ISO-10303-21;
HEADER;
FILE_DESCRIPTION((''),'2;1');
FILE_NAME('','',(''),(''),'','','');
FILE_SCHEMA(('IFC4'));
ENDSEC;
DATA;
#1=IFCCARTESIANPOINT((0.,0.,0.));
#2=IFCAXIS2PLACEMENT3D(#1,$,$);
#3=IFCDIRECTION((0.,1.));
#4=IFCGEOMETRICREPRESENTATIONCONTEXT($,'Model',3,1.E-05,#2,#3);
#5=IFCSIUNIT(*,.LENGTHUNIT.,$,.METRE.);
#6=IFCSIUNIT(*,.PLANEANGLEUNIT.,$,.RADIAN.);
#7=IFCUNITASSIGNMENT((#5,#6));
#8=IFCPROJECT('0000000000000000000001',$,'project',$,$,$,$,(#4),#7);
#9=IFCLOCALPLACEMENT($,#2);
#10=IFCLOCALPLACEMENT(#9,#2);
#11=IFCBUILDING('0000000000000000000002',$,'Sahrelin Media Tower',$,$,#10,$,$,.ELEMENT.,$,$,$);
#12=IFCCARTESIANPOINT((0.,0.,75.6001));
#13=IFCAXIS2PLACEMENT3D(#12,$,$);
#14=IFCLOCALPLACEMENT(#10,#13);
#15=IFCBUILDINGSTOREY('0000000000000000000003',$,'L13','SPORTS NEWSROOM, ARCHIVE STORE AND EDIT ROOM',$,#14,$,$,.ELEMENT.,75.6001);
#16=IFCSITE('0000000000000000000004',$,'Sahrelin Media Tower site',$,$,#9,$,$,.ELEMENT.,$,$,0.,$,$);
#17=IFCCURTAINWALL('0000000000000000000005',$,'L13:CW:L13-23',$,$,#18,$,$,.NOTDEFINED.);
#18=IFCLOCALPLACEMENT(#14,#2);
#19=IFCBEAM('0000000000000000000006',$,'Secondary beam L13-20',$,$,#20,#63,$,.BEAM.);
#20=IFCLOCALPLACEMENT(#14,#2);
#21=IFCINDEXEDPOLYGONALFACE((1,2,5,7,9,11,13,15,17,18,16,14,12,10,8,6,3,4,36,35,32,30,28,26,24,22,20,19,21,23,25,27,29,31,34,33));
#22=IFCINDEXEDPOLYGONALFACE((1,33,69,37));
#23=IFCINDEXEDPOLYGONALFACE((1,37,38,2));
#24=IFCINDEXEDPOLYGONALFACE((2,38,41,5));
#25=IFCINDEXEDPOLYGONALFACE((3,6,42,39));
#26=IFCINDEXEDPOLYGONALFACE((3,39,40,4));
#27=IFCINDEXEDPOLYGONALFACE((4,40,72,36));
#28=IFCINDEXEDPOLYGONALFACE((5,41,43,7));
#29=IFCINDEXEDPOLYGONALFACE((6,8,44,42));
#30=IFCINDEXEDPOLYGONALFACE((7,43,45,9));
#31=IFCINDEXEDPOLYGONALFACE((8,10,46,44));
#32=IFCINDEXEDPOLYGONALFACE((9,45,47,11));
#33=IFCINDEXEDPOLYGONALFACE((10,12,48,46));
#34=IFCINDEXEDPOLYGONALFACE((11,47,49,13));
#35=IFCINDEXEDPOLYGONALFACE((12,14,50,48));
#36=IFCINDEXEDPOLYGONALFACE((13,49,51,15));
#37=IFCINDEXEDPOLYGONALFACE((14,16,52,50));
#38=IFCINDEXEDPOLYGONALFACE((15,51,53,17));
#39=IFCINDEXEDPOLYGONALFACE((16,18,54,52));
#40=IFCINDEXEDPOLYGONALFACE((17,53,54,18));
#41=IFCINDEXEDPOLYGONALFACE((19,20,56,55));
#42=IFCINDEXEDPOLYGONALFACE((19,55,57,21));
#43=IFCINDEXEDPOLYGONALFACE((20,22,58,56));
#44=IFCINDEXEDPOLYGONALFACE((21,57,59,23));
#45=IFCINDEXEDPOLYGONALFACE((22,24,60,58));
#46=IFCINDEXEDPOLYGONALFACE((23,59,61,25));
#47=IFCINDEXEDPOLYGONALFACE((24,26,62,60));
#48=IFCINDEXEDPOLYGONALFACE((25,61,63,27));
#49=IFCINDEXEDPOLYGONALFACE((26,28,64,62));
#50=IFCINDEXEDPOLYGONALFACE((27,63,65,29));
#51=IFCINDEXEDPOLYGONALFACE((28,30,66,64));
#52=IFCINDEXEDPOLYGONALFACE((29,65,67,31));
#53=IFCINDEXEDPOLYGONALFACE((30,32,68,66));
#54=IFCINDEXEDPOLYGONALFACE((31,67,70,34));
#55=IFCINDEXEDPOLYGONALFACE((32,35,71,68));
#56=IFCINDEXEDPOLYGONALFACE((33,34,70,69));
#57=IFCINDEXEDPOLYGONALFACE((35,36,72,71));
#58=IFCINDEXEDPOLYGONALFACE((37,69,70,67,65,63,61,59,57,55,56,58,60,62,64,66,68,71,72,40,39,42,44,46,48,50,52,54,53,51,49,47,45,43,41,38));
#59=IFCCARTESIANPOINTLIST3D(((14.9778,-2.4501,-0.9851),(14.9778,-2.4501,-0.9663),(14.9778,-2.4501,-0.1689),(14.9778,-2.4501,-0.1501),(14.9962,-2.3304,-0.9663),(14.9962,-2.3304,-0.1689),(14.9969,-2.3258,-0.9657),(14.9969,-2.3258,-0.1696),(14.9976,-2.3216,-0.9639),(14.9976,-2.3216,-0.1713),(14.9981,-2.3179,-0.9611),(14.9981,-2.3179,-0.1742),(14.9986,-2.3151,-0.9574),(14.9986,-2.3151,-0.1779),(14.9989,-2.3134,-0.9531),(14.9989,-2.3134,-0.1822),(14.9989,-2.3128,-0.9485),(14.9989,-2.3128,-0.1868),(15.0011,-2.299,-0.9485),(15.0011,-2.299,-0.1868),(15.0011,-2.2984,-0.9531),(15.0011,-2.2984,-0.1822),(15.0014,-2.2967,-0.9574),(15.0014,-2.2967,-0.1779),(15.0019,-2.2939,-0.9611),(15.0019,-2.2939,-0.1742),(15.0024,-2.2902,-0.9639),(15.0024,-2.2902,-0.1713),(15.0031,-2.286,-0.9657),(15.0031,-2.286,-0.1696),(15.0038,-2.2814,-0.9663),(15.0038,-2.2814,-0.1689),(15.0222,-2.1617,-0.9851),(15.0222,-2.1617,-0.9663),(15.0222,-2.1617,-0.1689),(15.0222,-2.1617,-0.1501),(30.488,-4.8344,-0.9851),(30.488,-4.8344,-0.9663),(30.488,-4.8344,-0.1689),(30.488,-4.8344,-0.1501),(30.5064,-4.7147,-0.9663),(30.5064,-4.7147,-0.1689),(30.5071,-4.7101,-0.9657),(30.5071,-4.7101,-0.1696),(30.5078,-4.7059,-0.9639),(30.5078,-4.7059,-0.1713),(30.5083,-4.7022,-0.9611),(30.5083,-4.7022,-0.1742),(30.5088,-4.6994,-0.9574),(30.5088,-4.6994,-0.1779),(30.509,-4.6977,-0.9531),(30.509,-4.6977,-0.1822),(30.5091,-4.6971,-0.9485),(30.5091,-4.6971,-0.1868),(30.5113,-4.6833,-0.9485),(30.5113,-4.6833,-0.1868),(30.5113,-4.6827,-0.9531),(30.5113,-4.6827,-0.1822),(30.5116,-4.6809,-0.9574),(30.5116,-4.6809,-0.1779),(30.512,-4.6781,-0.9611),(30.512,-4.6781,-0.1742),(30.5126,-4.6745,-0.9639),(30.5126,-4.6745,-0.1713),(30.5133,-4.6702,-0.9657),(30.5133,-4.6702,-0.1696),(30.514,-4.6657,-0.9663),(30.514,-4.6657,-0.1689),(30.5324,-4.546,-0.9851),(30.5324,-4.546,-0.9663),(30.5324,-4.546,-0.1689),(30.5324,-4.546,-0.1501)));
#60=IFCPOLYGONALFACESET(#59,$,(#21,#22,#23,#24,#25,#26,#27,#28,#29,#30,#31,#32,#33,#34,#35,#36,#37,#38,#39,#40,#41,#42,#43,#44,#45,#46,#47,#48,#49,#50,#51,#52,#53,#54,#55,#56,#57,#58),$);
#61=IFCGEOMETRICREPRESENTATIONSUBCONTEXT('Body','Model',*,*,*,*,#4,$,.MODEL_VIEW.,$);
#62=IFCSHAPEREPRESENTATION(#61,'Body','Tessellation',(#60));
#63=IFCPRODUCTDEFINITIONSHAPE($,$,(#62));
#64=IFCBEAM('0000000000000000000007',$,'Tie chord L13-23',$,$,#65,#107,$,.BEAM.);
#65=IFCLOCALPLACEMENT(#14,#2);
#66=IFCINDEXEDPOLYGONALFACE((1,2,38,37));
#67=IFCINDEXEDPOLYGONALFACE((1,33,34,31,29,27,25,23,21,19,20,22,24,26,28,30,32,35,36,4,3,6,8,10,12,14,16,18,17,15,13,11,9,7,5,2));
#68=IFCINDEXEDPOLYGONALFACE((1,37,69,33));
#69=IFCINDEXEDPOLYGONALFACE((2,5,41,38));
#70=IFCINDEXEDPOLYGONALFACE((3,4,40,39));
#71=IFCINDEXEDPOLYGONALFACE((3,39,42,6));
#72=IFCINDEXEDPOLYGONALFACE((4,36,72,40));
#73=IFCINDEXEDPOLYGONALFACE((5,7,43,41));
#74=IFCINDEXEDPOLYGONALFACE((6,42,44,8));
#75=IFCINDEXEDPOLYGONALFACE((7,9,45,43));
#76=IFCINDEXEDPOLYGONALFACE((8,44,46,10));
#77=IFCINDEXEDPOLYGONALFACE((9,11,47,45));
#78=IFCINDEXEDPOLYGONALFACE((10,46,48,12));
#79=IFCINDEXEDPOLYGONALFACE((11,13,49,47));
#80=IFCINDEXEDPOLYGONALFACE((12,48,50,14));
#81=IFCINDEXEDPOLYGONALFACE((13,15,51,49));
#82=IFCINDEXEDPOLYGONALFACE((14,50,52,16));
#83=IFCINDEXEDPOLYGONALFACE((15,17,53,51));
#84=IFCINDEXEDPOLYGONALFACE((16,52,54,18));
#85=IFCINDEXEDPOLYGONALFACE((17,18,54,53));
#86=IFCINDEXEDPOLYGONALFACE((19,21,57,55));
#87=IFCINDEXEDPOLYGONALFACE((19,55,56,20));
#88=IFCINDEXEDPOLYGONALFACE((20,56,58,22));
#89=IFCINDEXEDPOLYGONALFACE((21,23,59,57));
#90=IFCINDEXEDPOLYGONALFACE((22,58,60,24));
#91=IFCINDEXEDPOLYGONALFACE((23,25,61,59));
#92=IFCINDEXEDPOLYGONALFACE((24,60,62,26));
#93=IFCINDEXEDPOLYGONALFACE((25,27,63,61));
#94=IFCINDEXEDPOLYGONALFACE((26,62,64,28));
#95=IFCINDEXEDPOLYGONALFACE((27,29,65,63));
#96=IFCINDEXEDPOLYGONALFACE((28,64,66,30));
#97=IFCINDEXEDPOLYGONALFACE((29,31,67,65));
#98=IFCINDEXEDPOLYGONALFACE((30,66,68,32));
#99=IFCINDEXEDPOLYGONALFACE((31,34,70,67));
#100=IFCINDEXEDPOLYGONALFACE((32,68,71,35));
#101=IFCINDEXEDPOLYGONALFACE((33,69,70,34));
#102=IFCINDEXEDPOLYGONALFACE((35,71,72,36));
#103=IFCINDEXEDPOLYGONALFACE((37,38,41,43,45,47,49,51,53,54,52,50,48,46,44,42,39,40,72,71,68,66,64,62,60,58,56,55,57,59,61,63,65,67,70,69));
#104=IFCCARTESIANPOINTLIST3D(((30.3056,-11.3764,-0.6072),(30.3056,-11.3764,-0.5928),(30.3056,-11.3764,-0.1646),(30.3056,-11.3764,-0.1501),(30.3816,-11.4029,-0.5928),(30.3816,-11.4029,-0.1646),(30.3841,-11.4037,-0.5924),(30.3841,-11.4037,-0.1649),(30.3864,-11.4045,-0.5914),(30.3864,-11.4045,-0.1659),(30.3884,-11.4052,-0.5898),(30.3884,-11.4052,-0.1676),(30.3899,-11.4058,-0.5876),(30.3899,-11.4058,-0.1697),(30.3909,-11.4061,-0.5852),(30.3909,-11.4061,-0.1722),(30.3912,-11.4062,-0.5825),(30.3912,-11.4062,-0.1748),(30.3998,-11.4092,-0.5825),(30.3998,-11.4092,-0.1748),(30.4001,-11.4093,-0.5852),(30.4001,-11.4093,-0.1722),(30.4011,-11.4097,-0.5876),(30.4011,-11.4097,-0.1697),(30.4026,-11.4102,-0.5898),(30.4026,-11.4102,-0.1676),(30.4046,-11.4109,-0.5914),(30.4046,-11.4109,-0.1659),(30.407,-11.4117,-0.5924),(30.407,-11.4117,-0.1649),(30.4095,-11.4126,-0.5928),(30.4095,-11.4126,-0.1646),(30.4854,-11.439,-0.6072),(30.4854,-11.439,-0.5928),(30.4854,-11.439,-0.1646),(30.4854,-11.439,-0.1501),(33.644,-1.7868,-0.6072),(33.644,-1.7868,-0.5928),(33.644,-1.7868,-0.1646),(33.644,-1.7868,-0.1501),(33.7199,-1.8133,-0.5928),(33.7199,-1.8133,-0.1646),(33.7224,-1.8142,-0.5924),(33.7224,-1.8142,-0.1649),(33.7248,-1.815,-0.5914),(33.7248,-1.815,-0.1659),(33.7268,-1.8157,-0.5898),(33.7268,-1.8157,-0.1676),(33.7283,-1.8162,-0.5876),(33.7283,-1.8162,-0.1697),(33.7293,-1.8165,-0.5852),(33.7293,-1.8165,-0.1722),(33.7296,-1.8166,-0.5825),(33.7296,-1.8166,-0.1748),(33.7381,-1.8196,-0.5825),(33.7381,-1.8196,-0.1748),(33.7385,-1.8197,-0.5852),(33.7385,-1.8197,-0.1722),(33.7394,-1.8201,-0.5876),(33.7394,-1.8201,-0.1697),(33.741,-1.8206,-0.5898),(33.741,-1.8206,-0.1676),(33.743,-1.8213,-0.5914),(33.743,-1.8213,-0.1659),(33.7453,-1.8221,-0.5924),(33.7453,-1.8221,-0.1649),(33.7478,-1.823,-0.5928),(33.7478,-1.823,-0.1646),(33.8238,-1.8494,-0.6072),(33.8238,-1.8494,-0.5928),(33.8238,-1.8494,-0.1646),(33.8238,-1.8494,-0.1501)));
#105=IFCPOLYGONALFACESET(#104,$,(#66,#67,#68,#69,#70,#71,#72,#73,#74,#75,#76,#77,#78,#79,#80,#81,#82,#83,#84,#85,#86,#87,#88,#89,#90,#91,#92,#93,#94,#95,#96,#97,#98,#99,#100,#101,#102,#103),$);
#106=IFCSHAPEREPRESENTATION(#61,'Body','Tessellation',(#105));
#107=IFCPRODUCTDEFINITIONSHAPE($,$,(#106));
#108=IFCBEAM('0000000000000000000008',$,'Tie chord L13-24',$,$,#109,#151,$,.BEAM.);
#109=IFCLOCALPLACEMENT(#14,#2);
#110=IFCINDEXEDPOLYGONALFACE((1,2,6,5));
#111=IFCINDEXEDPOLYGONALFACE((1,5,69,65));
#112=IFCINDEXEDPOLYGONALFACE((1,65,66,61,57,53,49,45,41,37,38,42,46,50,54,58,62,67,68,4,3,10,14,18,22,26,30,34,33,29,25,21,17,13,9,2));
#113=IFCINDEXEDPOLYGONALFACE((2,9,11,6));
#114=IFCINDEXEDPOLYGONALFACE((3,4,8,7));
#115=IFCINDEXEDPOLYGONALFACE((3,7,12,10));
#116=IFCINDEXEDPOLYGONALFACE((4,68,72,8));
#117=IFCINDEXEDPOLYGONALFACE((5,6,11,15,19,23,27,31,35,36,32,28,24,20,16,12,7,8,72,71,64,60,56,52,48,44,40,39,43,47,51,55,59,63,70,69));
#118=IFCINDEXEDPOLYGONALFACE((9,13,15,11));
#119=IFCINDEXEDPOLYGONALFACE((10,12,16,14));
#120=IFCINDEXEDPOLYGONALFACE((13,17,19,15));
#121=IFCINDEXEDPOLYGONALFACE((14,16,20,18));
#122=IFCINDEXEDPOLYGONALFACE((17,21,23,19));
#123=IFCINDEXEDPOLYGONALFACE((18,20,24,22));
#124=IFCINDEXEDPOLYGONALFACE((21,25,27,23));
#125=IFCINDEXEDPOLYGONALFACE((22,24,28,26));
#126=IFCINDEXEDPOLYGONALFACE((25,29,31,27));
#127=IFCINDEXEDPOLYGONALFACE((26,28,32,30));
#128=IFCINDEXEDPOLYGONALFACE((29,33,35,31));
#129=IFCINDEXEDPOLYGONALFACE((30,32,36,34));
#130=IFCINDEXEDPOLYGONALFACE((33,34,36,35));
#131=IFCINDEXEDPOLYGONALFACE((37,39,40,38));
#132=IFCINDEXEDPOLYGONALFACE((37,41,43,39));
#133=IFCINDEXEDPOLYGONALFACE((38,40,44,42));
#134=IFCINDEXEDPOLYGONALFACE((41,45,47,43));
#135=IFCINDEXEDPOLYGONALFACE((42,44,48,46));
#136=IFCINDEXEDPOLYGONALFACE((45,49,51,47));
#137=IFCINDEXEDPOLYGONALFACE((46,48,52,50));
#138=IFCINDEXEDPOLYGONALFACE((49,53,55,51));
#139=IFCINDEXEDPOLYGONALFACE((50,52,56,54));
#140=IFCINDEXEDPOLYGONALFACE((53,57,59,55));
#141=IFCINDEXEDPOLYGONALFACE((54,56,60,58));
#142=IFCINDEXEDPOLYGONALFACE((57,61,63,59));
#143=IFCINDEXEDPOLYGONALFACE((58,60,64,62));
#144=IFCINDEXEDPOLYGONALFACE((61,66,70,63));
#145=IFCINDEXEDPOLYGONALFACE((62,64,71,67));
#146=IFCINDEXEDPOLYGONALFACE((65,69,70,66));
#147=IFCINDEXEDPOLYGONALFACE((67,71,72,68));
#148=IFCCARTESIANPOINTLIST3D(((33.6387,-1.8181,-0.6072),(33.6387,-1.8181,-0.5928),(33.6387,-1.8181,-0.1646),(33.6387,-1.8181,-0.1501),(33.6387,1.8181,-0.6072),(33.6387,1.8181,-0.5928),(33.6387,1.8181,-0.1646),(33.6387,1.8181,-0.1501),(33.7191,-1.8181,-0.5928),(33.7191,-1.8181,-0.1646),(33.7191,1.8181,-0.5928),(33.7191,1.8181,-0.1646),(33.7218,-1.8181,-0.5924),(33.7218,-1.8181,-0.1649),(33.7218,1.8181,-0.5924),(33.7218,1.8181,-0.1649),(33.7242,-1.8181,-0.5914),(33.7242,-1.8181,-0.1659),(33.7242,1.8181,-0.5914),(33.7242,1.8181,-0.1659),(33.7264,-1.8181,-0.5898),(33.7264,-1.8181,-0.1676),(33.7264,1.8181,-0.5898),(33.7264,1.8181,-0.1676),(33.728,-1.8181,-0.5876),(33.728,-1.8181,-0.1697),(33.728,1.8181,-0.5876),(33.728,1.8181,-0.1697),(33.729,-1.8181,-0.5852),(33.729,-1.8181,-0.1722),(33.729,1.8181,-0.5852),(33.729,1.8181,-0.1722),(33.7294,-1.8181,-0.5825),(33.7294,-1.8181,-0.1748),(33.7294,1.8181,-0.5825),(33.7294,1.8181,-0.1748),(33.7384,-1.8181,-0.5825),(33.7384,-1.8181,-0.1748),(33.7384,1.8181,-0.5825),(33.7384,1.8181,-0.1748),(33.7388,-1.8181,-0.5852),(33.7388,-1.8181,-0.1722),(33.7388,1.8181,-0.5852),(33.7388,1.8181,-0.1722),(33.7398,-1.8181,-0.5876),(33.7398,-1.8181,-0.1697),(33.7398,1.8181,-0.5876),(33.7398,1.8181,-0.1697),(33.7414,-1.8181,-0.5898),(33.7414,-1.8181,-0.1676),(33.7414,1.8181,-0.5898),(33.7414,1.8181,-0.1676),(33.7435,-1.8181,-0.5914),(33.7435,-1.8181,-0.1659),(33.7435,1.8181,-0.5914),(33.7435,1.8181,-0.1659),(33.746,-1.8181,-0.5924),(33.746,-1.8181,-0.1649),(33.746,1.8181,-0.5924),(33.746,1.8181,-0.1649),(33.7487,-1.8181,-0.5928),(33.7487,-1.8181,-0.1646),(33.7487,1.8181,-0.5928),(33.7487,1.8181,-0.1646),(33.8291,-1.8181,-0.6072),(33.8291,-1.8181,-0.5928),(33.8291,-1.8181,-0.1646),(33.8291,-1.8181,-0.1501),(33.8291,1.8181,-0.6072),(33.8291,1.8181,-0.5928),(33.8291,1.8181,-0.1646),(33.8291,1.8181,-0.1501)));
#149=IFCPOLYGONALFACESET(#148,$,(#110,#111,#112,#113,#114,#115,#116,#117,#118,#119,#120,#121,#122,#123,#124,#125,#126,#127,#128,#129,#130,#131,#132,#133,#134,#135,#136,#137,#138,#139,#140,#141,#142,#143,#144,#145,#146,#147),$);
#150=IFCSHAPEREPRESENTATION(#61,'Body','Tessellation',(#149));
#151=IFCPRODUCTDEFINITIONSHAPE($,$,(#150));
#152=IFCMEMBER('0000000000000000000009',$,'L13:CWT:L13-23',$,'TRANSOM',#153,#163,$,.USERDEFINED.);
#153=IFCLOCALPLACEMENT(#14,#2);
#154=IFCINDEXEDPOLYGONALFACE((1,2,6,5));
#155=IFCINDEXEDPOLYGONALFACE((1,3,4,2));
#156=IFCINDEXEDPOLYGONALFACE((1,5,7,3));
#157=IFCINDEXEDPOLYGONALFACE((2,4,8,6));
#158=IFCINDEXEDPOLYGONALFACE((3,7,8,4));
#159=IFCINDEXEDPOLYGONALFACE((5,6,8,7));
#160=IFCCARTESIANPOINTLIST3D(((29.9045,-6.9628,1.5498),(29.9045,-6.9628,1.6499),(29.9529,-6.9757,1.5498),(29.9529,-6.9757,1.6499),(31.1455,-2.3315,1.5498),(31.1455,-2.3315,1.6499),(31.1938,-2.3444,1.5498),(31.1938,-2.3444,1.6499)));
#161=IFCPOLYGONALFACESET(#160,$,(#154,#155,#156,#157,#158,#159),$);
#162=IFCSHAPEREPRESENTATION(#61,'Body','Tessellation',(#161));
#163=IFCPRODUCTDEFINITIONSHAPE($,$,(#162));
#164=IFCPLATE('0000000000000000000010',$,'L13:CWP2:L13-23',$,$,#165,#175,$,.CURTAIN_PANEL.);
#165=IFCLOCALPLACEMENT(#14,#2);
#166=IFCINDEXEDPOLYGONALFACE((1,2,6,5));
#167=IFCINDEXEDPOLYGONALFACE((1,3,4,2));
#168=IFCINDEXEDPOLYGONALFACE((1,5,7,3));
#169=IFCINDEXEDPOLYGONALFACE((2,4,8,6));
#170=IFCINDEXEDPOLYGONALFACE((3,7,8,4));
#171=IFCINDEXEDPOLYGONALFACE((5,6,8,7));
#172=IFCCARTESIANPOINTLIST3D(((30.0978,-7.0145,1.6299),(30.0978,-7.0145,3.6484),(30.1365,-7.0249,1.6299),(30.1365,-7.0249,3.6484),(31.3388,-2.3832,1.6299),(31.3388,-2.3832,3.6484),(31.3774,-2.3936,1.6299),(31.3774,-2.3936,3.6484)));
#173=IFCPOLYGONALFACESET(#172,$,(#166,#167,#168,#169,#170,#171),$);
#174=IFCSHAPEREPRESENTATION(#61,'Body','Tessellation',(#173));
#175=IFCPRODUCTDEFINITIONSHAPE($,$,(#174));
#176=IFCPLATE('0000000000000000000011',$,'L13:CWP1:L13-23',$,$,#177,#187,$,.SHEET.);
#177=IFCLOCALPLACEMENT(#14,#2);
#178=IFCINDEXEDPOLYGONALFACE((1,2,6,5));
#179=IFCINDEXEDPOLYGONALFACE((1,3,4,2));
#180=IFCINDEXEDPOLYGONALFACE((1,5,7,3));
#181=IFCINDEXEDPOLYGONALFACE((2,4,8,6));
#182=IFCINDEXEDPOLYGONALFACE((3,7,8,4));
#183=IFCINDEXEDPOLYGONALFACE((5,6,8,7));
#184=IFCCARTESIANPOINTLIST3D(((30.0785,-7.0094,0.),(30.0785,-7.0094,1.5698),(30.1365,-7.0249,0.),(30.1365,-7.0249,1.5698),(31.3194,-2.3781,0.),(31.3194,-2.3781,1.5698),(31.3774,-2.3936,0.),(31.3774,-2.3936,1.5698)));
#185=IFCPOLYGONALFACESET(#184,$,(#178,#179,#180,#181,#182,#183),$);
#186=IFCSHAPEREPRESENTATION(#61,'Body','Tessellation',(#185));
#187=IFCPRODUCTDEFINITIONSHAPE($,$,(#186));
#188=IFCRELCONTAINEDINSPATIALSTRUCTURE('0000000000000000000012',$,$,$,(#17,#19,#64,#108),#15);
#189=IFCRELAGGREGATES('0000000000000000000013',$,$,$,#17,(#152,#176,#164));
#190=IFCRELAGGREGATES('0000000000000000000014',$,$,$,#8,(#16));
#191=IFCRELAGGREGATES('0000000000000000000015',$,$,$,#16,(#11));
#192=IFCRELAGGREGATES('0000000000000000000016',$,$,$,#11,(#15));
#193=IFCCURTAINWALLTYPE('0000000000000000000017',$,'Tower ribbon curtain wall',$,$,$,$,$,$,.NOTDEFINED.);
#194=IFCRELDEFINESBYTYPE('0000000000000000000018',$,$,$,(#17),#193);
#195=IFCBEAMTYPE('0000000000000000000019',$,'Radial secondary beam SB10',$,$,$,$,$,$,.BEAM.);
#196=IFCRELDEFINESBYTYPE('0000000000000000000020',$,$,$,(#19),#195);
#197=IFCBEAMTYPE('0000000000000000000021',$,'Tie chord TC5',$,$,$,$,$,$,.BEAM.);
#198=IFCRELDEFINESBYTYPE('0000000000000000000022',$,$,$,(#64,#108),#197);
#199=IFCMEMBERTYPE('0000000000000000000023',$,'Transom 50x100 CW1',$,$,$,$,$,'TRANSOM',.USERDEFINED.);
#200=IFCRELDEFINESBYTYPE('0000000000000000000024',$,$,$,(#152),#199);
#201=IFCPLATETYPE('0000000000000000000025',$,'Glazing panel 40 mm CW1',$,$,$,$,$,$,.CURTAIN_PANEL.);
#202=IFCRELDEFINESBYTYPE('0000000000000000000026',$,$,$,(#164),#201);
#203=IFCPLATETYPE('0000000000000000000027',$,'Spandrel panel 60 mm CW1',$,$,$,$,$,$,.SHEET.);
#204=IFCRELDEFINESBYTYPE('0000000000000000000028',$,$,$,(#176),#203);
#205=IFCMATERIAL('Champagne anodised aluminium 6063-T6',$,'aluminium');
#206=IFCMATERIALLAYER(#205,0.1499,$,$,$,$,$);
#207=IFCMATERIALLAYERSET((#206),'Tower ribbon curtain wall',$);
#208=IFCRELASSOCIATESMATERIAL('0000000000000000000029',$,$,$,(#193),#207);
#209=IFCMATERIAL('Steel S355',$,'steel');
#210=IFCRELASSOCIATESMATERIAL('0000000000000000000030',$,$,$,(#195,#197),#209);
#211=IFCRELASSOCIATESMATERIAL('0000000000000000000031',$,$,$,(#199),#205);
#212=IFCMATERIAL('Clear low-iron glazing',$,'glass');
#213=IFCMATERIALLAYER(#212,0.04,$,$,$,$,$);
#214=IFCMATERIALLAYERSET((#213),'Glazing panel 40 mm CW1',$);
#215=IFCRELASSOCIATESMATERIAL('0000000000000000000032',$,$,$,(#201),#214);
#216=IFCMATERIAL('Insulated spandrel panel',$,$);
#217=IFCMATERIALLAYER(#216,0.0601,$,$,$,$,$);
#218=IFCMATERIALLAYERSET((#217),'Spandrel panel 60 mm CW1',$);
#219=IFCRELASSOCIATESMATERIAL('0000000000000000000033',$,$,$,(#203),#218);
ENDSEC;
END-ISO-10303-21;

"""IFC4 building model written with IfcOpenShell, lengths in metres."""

from ifc_helpers import new_model, si_unit, direction, frame, origin, origin_2d, place, context, subcontext, project, spatial, polyline, rectangle, i_section, outline, extrude, material, layer, layer_set, material_profile, profile_set, type_object, element, aggregate, save


model = new_model("IFC4")

# Units and contexts
model_context = context("Model", 3, precision=1e-05, world=origin(), true_north=direction((0.0, 1.0)))
body_context = subcontext(model_context, "Body", "Model", "MODEL_VIEW")
ifc_project = project(units=[si_unit("LENGTHUNIT", "METRE"), si_unit("PLANEANGLEUNIT", "RADIAN")], contexts=[model_context])

# Site, building, storey
site_placement = place(None, origin())
site = spatial("IfcSite", under=ifc_project, at=site_placement, Name="Sahrelin Media Tower site", CompositionType="ELEMENT", RefElevation=0.0)
building_placement = place(site_placement, origin())
building = spatial("IfcBuilding", under=site, at=building_placement, Name="Sahrelin Media Tower", CompositionType="ELEMENT")
storey_placement = place(building_placement, frame((0.0, 0.0, 75.6001)))
storey = spatial("IfcBuildingStorey", under=building, at=storey_placement, Name="L13", Description="SPORTS NEWSROOM, ARCHIVE STORE AND EDIT ROOM", CompositionType="ELEMENT", Elevation=75.6001)

# Shared definitions
ifc_material_1 = material(Name="Steel S355", Category="steel")

# Curtain wall
ifc_material_2 = material(Name="Champagne anodised aluminium 6063-T6", Category="aluminium")
ifc_layer_1 = layer(ifc_material_2, 0.1499)
ifc_layer_set_1 = layer_set([ifc_layer_1], Name="Tower ribbon curtain wall")
curtain_wall_type = type_object("IfcCurtainWallType", Name="Tower ribbon curtain wall", PredefinedType="NOTDEFINED", material=ifc_layer_set_1)
curtain_wall_1_placement = place(storey_placement, frame((30.7375, -4.7041, 0.0), z_axis=(0.0, 0.0, 1.0), x_axis=(1.0, 0.0, 0.0)))
curtain_wall_1 = element("IfcCurtainWall", 1, at=curtain_wall_1_placement, inside=storey, type_object=curtain_wall_type, Name="L13:CW:L13-23", PredefinedType="NOTDEFINED")

# Beams
ifc_material_profile_1 = material_profile(ifc_material_1, i_section(OverallWidth=0.2917, OverallDepth=0.835, WebThickness=0.0139, FlangeThickness=0.0188, FilletRadius=0.0178, at=origin_2d()), Name="UB 838x292x176")
ifc_profile_set_1 = profile_set([ifc_material_profile_1], Name="Steel S355")
beam_type_1 = type_object("IfcBeamType", Name="Radial secondary beam SB10", PredefinedType="BEAM", material=ifc_profile_set_1)
beam_1_placement = place(storey_placement, frame((15.0, -2.3059, -0.5676), z_axis=(0.98839, -0.151938, 0.0), x_axis=(0.151938, 0.98839, 0.0)))
element("IfcBeam", 2, at=beam_1_placement, inside=storey, type_object=beam_type_1, Name="Secondary beam L13-20", PredefinedType="BEAM", context=body_context, shape_type="SweptSolid", body=[
    extrude(i_section(OverallWidth=0.2917, OverallDepth=0.835, WebThickness=0.0139, FlangeThickness=0.0188, FilletRadius=0.0178, at=origin_2d()), origin(), (0.0, 0.0, 1.0), 15.6924),
])
ifc_material_profile_2 = material_profile(ifc_material_1, i_section(OverallWidth=0.1904, OverallDepth=0.457, WebThickness=0.009, FlangeThickness=0.0144, FilletRadius=0.0103, at=origin_2d()), Name="UB 457x191x74")
ifc_profile_set_2 = profile_set([ifc_material_profile_2], Name="Steel S355")
beam_type_2 = type_object("IfcBeamType", Name="Tie chord TC5", PredefinedType="BEAM", material=ifc_profile_set_2)
beam_2_placement = place(storey_placement, frame((30.3955, -11.4077, -0.3787), z_axis=(0.328772, 0.944409, 0.0), x_axis=(-0.944409, 0.328772, 0.0)))
element("IfcBeam", 3, at=beam_2_placement, inside=storey, type_object=beam_type_2, Name="Tie chord L13-23", PredefinedType="BEAM", context=body_context, shape_type="SweptSolid", body=[
    extrude(i_section(OverallWidth=0.1904, OverallDepth=0.457, WebThickness=0.009, FlangeThickness=0.0144, FilletRadius=0.0103, at=origin_2d()), origin(), (0.0, 0.0, 1.0), 10.1541),
])
beam_3_placement = place(storey_placement, frame((33.7339, -1.8181, -0.3787), z_axis=(0.0, 1.0, 0.0), x_axis=(-1.0, 0.0, 0.0)))
element("IfcBeam", 4, at=beam_3_placement, inside=storey, type_object=beam_type_2, Name="Tie chord L13-24", PredefinedType="BEAM", context=body_context, shape_type="SweptSolid", body=[
    extrude(i_section(OverallWidth=0.1904, OverallDepth=0.457, WebThickness=0.009, FlangeThickness=0.0144, FilletRadius=0.0103, at=origin_2d()), origin(), (0.0, 0.0, 1.0), 3.6362),
])

# Member
ifc_material_profile_3 = material_profile(ifc_material_2, rectangle(XDim=0.05, YDim=0.1001, at=origin_2d()), Name="Transom 50x100")
ifc_profile_set_3 = profile_set([ifc_material_profile_3], Name="Champagne anodised aluminium 6063-T6")
member_type_1 = type_object("IfcMemberType", Name="Transom 50x100 CW1", ElementType="TRANSOM", PredefinedType="USERDEFINED", material=ifc_profile_set_3)
member_1_placement = place(storey_placement, frame((29.9287, -6.9692, 1.5999), z_axis=(0.258819, 0.965926, 0.0), x_axis=(-0.965926, 0.258819, 0.0)))
member_1 = element("IfcMember", 5, at=member_1_placement, type_object=member_type_1, Name="L13:CWT:L13-23", ObjectType="TRANSOM", PredefinedType="USERDEFINED", context=body_context, shape_type="SweptSolid", body=[
    extrude(rectangle(XDim=0.05, YDim=0.1001, at=origin_2d()), origin(), (0.0, 0.0, 1.0), 4.7947),
])

# Plates
ifc_material_3 = material(Name="Clear low-iron glazing", Category="glass")
ifc_layer_2 = layer(ifc_material_3, 0.04)
ifc_layer_set_2 = layer_set([ifc_layer_2], Name="Glazing panel 40 mm CW1")
plate_type_1 = type_object("IfcPlateType", Name="Glazing panel 40 mm CW1", PredefinedType="CURTAIN_PANEL", material=ifc_layer_set_2)
plate_1_placement = place(storey_placement, frame((30.1365, -7.0249, 1.6299), z_axis=(0.965926, -0.258819, 0.0), x_axis=(0.258819, 0.965926, 0.0)))
plate_1 = element("IfcPlate", 6, at=plate_1_placement, type_object=plate_type_1, Name="L13:CWP2:L13-23", PredefinedType="CURTAIN_PANEL", context=body_context, shape_type="SweptSolid", body=[
    extrude(outline(polyline([(0.0, 0.0), (4.7947, 0.0), (4.7947, 2.0186), (0.0, 2.0186), (0.0, 0.0)])), origin(), (0.0, 0.0, -1.0), 0.04),
])
ifc_material_4 = material(Name="Insulated spandrel panel")
ifc_layer_3 = layer(ifc_material_4, 0.0601)
ifc_layer_set_3 = layer_set([ifc_layer_3], Name="Spandrel panel 60 mm CW1")
plate_type_2 = type_object("IfcPlateType", Name="Spandrel panel 60 mm CW1", PredefinedType="SHEET", material=ifc_layer_set_3)
plate_2_placement = place(storey_placement, frame((30.1365, -7.0249, 0.0), z_axis=(0.965926, -0.258819, 0.0), x_axis=(0.258819, 0.965926, 0.0)))
plate_2 = element("IfcPlate", 7, at=plate_2_placement, type_object=plate_type_2, Name="L13:CWP1:L13-23", PredefinedType="SHEET", context=body_context, shape_type="SweptSolid", body=[
    extrude(outline(polyline([(0.0, 0.0), (4.7947, 0.0), (4.7947, 1.5698), (0.0, 1.5698), (0.0, 0.0)])), origin(), (0.0, 0.0, -1.0), 0.0601),
])
aggregate(curtain_wall_1, [member_1, plate_2, plate_1])

save(model, "model.ifc")
